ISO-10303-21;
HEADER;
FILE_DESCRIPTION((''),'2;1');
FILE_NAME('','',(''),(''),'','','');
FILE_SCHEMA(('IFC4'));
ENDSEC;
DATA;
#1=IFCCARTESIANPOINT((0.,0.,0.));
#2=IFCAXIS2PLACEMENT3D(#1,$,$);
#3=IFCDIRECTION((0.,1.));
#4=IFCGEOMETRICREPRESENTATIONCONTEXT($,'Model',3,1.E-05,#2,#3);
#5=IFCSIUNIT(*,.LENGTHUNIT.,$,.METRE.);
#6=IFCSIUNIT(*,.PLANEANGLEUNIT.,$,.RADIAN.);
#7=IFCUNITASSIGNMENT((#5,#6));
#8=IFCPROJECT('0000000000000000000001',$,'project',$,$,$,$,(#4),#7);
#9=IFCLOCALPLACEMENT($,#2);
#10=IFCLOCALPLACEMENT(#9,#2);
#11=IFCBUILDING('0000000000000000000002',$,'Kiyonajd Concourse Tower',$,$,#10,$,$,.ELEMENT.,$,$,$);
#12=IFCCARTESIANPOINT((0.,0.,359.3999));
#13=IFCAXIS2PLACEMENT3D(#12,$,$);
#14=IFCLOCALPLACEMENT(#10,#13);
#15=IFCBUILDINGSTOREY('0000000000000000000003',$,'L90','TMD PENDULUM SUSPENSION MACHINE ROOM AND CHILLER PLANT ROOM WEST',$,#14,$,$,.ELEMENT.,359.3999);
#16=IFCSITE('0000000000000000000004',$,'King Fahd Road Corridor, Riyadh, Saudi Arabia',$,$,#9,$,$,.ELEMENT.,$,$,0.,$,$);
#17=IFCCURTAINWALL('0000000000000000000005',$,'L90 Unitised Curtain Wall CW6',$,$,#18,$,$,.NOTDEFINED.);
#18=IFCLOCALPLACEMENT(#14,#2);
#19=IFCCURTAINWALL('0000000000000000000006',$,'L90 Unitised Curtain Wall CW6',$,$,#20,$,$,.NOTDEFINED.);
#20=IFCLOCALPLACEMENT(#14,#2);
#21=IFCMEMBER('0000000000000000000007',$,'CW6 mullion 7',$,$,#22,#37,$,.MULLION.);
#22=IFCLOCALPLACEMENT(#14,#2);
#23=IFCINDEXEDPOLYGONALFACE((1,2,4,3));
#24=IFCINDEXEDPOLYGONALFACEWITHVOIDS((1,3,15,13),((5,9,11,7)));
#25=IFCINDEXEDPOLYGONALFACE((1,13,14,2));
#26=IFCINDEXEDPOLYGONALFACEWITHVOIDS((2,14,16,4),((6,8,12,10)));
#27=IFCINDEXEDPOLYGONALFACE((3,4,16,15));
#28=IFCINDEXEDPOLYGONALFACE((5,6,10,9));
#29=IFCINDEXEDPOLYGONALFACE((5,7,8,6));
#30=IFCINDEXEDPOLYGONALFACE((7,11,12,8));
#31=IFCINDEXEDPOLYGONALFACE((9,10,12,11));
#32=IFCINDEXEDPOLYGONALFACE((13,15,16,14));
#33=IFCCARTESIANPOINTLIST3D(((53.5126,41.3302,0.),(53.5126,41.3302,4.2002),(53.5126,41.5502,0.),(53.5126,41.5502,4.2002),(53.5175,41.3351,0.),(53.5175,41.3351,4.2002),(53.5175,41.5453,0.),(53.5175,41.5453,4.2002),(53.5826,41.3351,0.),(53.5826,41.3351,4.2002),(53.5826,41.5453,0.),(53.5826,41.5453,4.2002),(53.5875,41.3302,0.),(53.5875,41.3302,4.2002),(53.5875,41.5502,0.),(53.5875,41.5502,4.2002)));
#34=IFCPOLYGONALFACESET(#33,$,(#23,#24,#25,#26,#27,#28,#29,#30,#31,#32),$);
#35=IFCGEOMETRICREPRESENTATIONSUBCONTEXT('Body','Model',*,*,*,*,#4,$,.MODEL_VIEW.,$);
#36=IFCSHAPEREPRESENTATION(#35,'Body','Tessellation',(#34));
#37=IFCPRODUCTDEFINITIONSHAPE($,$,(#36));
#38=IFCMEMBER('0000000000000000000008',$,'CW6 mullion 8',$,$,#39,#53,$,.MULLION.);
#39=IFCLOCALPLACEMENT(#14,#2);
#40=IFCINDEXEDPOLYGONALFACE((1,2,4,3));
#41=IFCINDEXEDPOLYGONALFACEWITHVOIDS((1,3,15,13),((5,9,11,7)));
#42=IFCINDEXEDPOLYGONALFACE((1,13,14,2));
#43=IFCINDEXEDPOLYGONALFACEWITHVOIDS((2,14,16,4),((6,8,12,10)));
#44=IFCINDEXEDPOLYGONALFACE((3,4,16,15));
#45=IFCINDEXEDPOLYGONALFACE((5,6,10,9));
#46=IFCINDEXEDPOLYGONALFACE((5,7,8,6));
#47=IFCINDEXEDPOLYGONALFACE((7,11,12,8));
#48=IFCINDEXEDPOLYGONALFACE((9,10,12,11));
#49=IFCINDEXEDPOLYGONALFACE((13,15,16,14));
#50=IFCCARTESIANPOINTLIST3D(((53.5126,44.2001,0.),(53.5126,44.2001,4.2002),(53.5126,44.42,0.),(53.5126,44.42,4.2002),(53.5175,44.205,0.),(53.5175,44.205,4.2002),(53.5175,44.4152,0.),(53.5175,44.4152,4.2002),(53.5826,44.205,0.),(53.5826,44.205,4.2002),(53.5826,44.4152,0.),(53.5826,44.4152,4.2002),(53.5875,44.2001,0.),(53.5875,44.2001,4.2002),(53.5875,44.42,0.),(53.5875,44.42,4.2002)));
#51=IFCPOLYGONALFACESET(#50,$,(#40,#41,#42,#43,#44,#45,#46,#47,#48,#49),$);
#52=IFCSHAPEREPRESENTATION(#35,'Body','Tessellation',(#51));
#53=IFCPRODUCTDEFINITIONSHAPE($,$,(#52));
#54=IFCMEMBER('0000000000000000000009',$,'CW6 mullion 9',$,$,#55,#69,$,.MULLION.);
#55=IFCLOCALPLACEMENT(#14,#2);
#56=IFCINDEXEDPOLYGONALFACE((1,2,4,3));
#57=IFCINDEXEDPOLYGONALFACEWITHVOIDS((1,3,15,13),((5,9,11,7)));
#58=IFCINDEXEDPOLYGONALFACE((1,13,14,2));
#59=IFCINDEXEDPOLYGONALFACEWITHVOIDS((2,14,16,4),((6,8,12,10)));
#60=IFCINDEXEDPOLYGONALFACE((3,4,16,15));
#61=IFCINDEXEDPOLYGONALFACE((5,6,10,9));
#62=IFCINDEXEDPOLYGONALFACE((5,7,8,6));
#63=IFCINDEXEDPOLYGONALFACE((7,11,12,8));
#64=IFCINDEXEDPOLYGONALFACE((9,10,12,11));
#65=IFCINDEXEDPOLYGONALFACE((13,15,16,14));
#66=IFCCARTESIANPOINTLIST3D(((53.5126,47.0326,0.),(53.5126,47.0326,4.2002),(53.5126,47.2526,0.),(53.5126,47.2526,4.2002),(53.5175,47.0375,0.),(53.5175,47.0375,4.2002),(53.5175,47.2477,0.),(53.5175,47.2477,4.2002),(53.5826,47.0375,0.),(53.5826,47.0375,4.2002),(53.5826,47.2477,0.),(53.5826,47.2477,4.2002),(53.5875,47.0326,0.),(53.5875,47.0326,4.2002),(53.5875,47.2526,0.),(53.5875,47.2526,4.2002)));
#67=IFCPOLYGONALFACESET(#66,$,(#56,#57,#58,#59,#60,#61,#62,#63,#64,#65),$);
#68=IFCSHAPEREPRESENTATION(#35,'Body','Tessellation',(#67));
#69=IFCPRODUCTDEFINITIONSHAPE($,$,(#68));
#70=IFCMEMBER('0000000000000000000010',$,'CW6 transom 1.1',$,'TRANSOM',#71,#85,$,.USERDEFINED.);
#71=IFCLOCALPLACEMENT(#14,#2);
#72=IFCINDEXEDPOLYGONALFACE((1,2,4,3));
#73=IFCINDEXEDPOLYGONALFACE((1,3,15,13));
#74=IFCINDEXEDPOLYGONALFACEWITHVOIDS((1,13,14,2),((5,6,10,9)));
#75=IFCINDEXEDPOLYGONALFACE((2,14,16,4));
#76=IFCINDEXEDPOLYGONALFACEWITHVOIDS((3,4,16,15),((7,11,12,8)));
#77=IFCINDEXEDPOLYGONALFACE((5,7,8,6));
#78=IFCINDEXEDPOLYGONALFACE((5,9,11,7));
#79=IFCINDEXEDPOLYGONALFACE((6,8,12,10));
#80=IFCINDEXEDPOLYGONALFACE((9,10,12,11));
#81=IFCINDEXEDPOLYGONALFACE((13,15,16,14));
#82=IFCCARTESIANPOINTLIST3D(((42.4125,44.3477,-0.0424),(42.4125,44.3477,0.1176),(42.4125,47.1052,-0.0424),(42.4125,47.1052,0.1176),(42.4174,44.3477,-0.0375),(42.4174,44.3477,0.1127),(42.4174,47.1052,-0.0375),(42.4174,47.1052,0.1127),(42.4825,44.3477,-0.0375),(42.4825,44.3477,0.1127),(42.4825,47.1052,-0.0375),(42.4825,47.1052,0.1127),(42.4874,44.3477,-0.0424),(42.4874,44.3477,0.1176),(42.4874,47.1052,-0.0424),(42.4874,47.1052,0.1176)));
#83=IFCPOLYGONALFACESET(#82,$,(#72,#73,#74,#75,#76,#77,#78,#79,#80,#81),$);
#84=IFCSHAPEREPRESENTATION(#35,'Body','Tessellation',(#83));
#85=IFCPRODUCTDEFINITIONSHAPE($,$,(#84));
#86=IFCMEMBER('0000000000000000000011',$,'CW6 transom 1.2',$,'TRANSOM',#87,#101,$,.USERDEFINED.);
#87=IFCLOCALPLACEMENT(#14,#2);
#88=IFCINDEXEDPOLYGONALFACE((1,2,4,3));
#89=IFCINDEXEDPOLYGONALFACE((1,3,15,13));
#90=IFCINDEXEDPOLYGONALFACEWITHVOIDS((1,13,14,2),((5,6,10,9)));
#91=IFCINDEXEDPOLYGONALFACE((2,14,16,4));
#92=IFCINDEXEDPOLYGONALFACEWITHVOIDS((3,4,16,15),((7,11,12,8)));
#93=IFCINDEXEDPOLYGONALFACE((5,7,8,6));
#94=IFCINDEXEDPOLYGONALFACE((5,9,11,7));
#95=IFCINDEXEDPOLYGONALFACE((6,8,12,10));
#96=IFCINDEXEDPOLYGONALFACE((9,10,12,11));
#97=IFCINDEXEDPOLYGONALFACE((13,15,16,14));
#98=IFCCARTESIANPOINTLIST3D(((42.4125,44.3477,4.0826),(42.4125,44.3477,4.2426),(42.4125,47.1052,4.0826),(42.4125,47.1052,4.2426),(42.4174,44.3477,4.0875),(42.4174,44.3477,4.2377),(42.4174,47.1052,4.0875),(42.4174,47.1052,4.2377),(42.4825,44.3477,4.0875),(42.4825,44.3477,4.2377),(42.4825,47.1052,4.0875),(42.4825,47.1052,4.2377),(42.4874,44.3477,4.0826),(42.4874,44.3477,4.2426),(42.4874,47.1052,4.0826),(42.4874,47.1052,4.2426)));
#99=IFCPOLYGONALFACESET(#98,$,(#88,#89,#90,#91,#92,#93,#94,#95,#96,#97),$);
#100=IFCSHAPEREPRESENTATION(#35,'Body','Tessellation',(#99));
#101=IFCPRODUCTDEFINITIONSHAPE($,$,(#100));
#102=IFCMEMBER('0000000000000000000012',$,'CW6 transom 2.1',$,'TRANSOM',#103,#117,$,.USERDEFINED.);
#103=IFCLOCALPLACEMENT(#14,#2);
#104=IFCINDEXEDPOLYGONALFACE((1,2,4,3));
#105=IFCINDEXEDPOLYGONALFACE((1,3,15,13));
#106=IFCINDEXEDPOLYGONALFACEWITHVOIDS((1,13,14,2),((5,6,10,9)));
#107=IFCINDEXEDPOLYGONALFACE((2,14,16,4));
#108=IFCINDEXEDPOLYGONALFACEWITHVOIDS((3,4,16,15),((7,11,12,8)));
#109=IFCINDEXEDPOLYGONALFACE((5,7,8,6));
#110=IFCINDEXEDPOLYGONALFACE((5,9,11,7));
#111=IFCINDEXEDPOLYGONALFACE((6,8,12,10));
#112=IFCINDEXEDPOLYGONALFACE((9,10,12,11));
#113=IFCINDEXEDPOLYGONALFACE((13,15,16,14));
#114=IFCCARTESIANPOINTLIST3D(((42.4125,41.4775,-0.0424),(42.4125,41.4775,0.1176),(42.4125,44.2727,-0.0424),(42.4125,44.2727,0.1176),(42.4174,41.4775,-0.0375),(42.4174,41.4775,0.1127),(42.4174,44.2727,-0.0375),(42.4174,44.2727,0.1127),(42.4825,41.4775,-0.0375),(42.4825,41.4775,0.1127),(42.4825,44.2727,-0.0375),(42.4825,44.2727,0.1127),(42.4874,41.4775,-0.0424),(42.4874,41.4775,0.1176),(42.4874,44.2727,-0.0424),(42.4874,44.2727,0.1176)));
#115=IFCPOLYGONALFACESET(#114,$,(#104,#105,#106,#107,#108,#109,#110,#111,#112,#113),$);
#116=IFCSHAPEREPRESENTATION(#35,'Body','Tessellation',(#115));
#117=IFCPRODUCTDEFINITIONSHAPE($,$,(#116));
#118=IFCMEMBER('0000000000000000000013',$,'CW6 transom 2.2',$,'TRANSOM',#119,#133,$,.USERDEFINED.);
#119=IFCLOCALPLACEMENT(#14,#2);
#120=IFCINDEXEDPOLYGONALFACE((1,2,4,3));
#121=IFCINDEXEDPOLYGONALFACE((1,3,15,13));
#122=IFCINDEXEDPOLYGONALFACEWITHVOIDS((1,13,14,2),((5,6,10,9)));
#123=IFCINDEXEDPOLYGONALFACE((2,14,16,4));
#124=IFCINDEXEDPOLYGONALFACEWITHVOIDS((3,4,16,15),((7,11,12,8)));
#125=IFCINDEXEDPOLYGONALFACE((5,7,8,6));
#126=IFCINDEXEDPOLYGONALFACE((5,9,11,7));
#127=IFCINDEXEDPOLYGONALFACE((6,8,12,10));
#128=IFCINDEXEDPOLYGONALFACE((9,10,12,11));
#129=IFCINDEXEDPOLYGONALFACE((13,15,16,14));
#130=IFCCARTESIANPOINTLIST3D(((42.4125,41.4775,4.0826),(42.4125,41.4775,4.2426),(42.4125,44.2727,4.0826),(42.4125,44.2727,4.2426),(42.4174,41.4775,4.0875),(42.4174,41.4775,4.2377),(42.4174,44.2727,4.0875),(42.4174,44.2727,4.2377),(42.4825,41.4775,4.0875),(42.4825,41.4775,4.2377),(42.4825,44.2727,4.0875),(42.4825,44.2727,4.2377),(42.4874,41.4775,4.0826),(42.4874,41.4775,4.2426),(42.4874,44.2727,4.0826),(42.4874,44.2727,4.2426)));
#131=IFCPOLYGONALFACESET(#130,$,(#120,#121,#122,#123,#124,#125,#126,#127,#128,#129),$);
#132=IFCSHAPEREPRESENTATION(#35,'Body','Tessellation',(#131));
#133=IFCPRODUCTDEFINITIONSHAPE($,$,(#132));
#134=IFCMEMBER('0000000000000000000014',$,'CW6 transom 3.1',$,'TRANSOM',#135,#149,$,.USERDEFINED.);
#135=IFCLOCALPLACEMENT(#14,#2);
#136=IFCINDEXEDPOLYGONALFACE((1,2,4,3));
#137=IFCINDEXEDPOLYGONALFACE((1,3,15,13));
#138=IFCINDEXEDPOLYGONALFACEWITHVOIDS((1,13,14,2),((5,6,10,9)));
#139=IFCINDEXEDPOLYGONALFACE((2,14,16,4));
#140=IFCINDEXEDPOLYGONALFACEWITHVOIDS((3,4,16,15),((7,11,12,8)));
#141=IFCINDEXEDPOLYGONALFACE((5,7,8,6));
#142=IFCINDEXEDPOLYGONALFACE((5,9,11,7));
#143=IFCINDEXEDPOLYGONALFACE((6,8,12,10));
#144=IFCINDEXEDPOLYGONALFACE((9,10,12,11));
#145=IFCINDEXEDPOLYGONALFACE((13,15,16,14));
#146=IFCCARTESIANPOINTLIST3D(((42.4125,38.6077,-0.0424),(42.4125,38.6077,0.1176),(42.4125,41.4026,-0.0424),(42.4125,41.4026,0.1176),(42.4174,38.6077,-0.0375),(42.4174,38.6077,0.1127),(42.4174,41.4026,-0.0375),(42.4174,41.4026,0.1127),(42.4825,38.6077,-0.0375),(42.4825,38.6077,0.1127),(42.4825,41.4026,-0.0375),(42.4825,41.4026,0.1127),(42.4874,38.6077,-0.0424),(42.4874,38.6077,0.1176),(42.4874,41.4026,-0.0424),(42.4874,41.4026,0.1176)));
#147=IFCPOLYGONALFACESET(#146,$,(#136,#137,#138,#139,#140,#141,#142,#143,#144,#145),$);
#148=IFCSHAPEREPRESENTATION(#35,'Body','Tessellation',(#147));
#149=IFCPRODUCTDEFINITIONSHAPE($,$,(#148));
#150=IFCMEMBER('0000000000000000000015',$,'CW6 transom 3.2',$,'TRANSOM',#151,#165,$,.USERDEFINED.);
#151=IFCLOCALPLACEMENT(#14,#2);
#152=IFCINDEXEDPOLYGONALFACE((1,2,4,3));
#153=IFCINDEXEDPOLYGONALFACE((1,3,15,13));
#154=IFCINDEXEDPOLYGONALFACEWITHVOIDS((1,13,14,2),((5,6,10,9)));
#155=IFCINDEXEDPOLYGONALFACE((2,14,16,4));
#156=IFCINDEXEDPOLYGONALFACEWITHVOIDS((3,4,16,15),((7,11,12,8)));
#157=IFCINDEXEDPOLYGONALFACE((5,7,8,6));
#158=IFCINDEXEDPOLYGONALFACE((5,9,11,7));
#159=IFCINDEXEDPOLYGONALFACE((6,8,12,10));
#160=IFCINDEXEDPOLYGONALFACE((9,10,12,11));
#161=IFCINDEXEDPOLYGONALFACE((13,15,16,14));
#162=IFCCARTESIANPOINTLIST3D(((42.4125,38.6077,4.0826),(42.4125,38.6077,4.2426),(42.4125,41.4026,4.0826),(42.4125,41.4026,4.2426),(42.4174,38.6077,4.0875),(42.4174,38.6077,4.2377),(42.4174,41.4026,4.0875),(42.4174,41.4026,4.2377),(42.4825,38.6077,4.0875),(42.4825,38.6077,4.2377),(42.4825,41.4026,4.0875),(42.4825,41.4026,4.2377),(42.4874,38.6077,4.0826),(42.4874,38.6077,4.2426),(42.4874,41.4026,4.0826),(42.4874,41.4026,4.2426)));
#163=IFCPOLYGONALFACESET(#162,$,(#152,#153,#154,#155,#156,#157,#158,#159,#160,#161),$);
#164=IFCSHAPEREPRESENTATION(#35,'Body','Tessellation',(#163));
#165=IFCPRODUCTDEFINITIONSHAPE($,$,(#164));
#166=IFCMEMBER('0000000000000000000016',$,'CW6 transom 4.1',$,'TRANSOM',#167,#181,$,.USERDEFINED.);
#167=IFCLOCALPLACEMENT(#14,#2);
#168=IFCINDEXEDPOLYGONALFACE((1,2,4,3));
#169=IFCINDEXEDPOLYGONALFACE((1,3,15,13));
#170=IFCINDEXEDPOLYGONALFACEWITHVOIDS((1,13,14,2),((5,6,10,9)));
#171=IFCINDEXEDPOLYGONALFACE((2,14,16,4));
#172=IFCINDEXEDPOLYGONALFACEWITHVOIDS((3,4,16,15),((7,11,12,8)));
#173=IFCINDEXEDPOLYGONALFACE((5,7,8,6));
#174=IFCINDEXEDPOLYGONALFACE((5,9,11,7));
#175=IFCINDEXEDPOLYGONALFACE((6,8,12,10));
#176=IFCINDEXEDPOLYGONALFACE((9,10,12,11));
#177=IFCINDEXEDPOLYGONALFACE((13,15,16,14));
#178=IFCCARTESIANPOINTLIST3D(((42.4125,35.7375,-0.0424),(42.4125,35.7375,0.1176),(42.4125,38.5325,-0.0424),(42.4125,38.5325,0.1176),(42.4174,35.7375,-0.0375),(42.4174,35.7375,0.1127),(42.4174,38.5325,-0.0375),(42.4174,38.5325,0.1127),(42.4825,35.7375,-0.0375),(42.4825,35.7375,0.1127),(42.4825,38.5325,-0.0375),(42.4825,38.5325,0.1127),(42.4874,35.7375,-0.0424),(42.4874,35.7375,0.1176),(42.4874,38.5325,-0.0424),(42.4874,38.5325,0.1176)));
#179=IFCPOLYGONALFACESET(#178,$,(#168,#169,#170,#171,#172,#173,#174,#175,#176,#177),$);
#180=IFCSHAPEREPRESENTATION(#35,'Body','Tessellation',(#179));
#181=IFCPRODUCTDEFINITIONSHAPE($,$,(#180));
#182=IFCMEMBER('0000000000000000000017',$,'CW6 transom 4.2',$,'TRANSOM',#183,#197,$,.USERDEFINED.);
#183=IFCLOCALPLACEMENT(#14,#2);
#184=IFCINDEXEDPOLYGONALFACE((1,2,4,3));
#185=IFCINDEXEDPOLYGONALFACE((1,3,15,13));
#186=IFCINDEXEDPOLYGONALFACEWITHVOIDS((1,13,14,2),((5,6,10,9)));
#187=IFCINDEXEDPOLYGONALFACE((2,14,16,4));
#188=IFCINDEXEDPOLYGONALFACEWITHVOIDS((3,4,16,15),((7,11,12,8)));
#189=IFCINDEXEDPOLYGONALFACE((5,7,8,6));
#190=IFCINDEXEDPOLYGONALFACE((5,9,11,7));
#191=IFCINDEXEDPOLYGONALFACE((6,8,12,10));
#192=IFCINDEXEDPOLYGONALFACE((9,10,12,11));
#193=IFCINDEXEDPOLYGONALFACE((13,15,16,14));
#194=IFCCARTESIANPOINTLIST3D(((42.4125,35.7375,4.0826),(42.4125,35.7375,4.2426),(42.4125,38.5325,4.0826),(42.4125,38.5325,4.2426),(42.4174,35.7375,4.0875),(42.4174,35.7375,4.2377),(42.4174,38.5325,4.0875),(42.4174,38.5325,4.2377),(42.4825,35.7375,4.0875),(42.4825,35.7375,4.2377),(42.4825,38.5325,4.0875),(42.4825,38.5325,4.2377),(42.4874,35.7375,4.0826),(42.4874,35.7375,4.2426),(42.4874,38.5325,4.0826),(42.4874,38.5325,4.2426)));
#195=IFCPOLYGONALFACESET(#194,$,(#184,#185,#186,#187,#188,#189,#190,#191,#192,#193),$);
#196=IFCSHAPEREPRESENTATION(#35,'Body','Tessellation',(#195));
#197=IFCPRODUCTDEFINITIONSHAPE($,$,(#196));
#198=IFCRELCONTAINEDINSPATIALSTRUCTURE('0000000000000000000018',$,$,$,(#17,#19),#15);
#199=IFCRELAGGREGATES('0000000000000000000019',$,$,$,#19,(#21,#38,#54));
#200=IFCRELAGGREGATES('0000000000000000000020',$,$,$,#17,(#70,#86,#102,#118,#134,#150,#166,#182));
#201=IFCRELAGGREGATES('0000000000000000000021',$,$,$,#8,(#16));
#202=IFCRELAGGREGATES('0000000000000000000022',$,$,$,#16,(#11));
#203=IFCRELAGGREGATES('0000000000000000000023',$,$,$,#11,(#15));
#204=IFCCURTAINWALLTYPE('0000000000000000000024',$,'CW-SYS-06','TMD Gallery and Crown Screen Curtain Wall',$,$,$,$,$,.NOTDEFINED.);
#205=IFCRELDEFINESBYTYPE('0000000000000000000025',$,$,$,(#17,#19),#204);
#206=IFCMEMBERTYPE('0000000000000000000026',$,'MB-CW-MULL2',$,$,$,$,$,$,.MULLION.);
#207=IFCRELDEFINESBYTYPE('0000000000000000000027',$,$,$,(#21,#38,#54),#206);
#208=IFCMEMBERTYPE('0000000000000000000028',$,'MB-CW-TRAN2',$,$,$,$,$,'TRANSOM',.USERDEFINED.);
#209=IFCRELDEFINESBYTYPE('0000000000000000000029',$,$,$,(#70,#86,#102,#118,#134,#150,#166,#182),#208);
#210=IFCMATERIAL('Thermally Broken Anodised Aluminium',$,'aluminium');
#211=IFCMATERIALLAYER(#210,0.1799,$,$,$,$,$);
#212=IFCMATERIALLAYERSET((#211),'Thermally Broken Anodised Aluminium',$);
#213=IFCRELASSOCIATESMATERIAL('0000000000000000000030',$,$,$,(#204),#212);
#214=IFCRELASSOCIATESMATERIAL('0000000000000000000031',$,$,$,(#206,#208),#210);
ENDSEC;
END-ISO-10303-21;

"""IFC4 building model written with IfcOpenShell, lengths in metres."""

from ifc_helpers import new_model, si_unit, direction, frame, origin, origin_2d, place, context, subcontext, project, spatial, hollow_rectangle, extrude, material, layer, layer_set, material_profile, profile_set, type_object, element, aggregate, save


model = new_model("IFC4")

# Units and contexts
model_context = context("Model", 3, precision=1e-05, world=origin(), true_north=direction((0.0, 1.0)))
body_context = subcontext(model_context, "Body", "Model", "MODEL_VIEW")
ifc_project = project(units=[si_unit("LENGTHUNIT", "METRE"), si_unit("PLANEANGLEUNIT", "RADIAN")], contexts=[model_context])

# Site, building, storey
site_placement = place(None, origin())
site = spatial("IfcSite", under=ifc_project, at=site_placement, Name="King Fahd Road Corridor, Riyadh, Saudi Arabia", CompositionType="ELEMENT", RefElevation=0.0)
building_placement = place(site_placement, origin())
building = spatial("IfcBuilding", under=site, at=building_placement, Name="Kiyonajd Concourse Tower", CompositionType="ELEMENT")
storey_placement = place(building_placement, frame((0.0, 0.0, 359.3999)))
storey = spatial("IfcBuildingStorey", under=building, at=storey_placement, Name="L90", Description="TMD PENDULUM SUSPENSION MACHINE ROOM AND CHILLER PLANT ROOM WEST", CompositionType="ELEMENT", Elevation=359.3999)

# Curtain walls, members
ifc_material_1 = material(Name="Thermally Broken Anodised Aluminium", Category="aluminium")
ifc_layer_1 = layer(ifc_material_1, 0.1799)
ifc_layer_set_1 = layer_set([ifc_layer_1], Name="Thermally Broken Anodised Aluminium")
curtain_wall_type = type_object("IfcCurtainWallType", Name="CW-SYS-06", Description="TMD Gallery and Crown Screen Curtain Wall", PredefinedType="NOTDEFINED", material=ifc_layer_set_1)
curtain_wall_1_placement = place(storey_placement, origin())
curtain_wall_1 = element("IfcCurtainWall", 1, at=curtain_wall_1_placement, inside=storey, type_object=curtain_wall_type, Name="L90 Unitised Curtain Wall CW6", PredefinedType="NOTDEFINED")
ifc_material_profile_1 = material_profile(ifc_material_1, hollow_rectangle(XDim=0.075, YDim=0.22, WallThickness=0.0049, at=origin_2d()), Name="MULL-75x220")
ifc_profile_set_1 = profile_set([ifc_material_profile_1], Name="Thermally Broken Anodised Aluminium")
member_type_1 = type_object("IfcMemberType", Name="MB-CW-MULL2", PredefinedType="MULLION", material=ifc_profile_set_1)
curtain_wall_2_placement = place(storey_placement, origin())
curtain_wall_2 = element("IfcCurtainWall", 2, at=curtain_wall_2_placement, inside=storey, type_object=curtain_wall_type, Name="L90 Unitised Curtain Wall CW6", PredefinedType="NOTDEFINED")
member_1_placement = place(storey_placement, frame((53.55, 41.4402, 0.0), z_axis=(0.0, 0.0, 1.0), x_axis=(-1.0, 0.0, 0.0)))
member_1 = element("IfcMember", 3, at=member_1_placement, type_object=member_type_1, Name="CW6 mullion 7", PredefinedType="MULLION", context=body_context, shape_type="SweptSolid", body=[
    extrude(hollow_rectangle(XDim=0.075, YDim=0.22, WallThickness=0.0049, at=origin_2d()), origin(), (0.0, 0.0, 1.0), 4.2002),
])
member_2_placement = place(storey_placement, frame((53.55, 44.3101, 0.0), z_axis=(0.0, 0.0, 1.0), x_axis=(-1.0, 0.0, 0.0)))
member_2 = element("IfcMember", 4, at=member_2_placement, type_object=member_type_1, Name="CW6 mullion 8", PredefinedType="MULLION", context=body_context, shape_type="SweptSolid", body=[
    extrude(hollow_rectangle(XDim=0.075, YDim=0.22, WallThickness=0.0049, at=origin_2d()), origin(), (0.0, 0.0, 1.0), 4.2002),
])
member_3_placement = place(storey_placement, frame((53.55, 47.1426, 0.0), z_axis=(0.0, 0.0, 1.0), x_axis=(-1.0, 0.0, 0.0)))
member_3 = element("IfcMember", 5, at=member_3_placement, type_object=member_type_1, Name="CW6 mullion 9", PredefinedType="MULLION", context=body_context, shape_type="SweptSolid", body=[
    extrude(hollow_rectangle(XDim=0.075, YDim=0.22, WallThickness=0.0049, at=origin_2d()), origin(), (0.0, 0.0, 1.0), 4.2002),
])
aggregate(curtain_wall_2, [member_1, member_2, member_3])

# Members
ifc_material_profile_2 = material_profile(ifc_material_1, hollow_rectangle(XDim=0.075, YDim=0.1599, WallThickness=0.0049, at=origin_2d()), Name="TRAN-75x160")
ifc_profile_set_2 = profile_set([ifc_material_profile_2], Name="Thermally Broken Anodised Aluminium")
member_type_2 = type_object("IfcMemberType", Name="MB-CW-TRAN2", ElementType="TRANSOM", PredefinedType="USERDEFINED", material=ifc_profile_set_2)
member_4_placement = place(storey_placement, frame((42.45, 47.1052, 0.0376), z_axis=(0.0, -1.0, 0.0), x_axis=(1.0, 0.0, 0.0)))
member_4 = element("IfcMember", 6, at=member_4_placement, type_object=member_type_2, Name="CW6 transom 1.1", ObjectType="TRANSOM", PredefinedType="USERDEFINED", context=body_context, shape_type="SweptSolid", body=[
    extrude(hollow_rectangle(XDim=0.075, YDim=0.1599, WallThickness=0.0049, at=origin_2d()), origin(), (0.0, 0.0, 1.0), 2.7576),
])
member_5_placement = place(storey_placement, frame((42.45, 47.1052, 4.1626), z_axis=(0.0, -1.0, 0.0), x_axis=(1.0, 0.0, 0.0)))
member_5 = element("IfcMember", 7, at=member_5_placement, type_object=member_type_2, Name="CW6 transom 1.2", ObjectType="TRANSOM", PredefinedType="USERDEFINED", context=body_context, shape_type="SweptSolid", body=[
    extrude(hollow_rectangle(XDim=0.075, YDim=0.1599, WallThickness=0.0049, at=origin_2d()), origin(), (0.0, 0.0, 1.0), 2.7576),
])
member_6_placement = place(storey_placement, frame((42.45, 44.2727, 0.0376), z_axis=(0.0, -1.0, 0.0), x_axis=(1.0, 0.0, 0.0)))
member_6 = element("IfcMember", 8, at=member_6_placement, type_object=member_type_2, Name="CW6 transom 2.1", ObjectType="TRANSOM", PredefinedType="USERDEFINED", context=body_context, shape_type="SweptSolid", body=[
    extrude(hollow_rectangle(XDim=0.075, YDim=0.1599, WallThickness=0.0049, at=origin_2d()), origin(), (0.0, 0.0, 1.0), 2.7952),
])
member_7_placement = place(storey_placement, frame((42.45, 44.2727, 4.1626), z_axis=(0.0, -1.0, 0.0), x_axis=(1.0, 0.0, 0.0)))
member_7 = element("IfcMember", 9, at=member_7_placement, type_object=member_type_2, Name="CW6 transom 2.2", ObjectType="TRANSOM", PredefinedType="USERDEFINED", context=body_context, shape_type="SweptSolid", body=[
    extrude(hollow_rectangle(XDim=0.075, YDim=0.1599, WallThickness=0.0049, at=origin_2d()), origin(), (0.0, 0.0, 1.0), 2.7952),
])
member_8_placement = place(storey_placement, frame((42.45, 41.4026, 0.0376), z_axis=(0.0, -1.0, 0.0), x_axis=(1.0, 0.0, 0.0)))
member_8 = element("IfcMember", 10, at=member_8_placement, type_object=member_type_2, Name="CW6 transom 3.1", ObjectType="TRANSOM", PredefinedType="USERDEFINED", context=body_context, shape_type="SweptSolid", body=[
    extrude(hollow_rectangle(XDim=0.075, YDim=0.1599, WallThickness=0.0049, at=origin_2d()), origin(), (0.0, 0.0, 1.0), 2.7949),
])
member_9_placement = place(storey_placement, frame((42.45, 41.4026, 4.1626), z_axis=(0.0, -1.0, 0.0), x_axis=(1.0, 0.0, 0.0)))
member_9 = element("IfcMember", 11, at=member_9_placement, type_object=member_type_2, Name="CW6 transom 3.2", ObjectType="TRANSOM", PredefinedType="USERDEFINED", context=body_context, shape_type="SweptSolid", body=[
    extrude(hollow_rectangle(XDim=0.075, YDim=0.1599, WallThickness=0.0049, at=origin_2d()), origin(), (0.0, 0.0, 1.0), 2.7949),
])
member_10_placement = place(storey_placement, frame((42.45, 38.5325, 0.0376), z_axis=(0.0, -1.0, 0.0), x_axis=(1.0, 0.0, 0.0)))
member_10 = element("IfcMember", 12, at=member_10_placement, type_object=member_type_2, Name="CW6 transom 4.1", ObjectType="TRANSOM", PredefinedType="USERDEFINED", context=body_context, shape_type="SweptSolid", body=[
    extrude(hollow_rectangle(XDim=0.075, YDim=0.1599, WallThickness=0.0049, at=origin_2d()), origin(), (0.0, 0.0, 1.0), 2.7949),
])
member_11_placement = place(storey_placement, frame((42.45, 38.5325, 4.1626), z_axis=(0.0, -1.0, 0.0), x_axis=(1.0, 0.0, 0.0)))
member_11 = element("IfcMember", 13, at=member_11_placement, type_object=member_type_2, Name="CW6 transom 4.2", ObjectType="TRANSOM", PredefinedType="USERDEFINED", context=body_context, shape_type="SweptSolid", body=[
    extrude(hollow_rectangle(XDim=0.075, YDim=0.1599, WallThickness=0.0049, at=origin_2d()), origin(), (0.0, 0.0, 1.0), 2.7949),
])

aggregate(curtain_wall_1, [member_4, member_5, member_6, member_7, member_8, member_9, member_10, member_11])

save(model, "model.ifc")
